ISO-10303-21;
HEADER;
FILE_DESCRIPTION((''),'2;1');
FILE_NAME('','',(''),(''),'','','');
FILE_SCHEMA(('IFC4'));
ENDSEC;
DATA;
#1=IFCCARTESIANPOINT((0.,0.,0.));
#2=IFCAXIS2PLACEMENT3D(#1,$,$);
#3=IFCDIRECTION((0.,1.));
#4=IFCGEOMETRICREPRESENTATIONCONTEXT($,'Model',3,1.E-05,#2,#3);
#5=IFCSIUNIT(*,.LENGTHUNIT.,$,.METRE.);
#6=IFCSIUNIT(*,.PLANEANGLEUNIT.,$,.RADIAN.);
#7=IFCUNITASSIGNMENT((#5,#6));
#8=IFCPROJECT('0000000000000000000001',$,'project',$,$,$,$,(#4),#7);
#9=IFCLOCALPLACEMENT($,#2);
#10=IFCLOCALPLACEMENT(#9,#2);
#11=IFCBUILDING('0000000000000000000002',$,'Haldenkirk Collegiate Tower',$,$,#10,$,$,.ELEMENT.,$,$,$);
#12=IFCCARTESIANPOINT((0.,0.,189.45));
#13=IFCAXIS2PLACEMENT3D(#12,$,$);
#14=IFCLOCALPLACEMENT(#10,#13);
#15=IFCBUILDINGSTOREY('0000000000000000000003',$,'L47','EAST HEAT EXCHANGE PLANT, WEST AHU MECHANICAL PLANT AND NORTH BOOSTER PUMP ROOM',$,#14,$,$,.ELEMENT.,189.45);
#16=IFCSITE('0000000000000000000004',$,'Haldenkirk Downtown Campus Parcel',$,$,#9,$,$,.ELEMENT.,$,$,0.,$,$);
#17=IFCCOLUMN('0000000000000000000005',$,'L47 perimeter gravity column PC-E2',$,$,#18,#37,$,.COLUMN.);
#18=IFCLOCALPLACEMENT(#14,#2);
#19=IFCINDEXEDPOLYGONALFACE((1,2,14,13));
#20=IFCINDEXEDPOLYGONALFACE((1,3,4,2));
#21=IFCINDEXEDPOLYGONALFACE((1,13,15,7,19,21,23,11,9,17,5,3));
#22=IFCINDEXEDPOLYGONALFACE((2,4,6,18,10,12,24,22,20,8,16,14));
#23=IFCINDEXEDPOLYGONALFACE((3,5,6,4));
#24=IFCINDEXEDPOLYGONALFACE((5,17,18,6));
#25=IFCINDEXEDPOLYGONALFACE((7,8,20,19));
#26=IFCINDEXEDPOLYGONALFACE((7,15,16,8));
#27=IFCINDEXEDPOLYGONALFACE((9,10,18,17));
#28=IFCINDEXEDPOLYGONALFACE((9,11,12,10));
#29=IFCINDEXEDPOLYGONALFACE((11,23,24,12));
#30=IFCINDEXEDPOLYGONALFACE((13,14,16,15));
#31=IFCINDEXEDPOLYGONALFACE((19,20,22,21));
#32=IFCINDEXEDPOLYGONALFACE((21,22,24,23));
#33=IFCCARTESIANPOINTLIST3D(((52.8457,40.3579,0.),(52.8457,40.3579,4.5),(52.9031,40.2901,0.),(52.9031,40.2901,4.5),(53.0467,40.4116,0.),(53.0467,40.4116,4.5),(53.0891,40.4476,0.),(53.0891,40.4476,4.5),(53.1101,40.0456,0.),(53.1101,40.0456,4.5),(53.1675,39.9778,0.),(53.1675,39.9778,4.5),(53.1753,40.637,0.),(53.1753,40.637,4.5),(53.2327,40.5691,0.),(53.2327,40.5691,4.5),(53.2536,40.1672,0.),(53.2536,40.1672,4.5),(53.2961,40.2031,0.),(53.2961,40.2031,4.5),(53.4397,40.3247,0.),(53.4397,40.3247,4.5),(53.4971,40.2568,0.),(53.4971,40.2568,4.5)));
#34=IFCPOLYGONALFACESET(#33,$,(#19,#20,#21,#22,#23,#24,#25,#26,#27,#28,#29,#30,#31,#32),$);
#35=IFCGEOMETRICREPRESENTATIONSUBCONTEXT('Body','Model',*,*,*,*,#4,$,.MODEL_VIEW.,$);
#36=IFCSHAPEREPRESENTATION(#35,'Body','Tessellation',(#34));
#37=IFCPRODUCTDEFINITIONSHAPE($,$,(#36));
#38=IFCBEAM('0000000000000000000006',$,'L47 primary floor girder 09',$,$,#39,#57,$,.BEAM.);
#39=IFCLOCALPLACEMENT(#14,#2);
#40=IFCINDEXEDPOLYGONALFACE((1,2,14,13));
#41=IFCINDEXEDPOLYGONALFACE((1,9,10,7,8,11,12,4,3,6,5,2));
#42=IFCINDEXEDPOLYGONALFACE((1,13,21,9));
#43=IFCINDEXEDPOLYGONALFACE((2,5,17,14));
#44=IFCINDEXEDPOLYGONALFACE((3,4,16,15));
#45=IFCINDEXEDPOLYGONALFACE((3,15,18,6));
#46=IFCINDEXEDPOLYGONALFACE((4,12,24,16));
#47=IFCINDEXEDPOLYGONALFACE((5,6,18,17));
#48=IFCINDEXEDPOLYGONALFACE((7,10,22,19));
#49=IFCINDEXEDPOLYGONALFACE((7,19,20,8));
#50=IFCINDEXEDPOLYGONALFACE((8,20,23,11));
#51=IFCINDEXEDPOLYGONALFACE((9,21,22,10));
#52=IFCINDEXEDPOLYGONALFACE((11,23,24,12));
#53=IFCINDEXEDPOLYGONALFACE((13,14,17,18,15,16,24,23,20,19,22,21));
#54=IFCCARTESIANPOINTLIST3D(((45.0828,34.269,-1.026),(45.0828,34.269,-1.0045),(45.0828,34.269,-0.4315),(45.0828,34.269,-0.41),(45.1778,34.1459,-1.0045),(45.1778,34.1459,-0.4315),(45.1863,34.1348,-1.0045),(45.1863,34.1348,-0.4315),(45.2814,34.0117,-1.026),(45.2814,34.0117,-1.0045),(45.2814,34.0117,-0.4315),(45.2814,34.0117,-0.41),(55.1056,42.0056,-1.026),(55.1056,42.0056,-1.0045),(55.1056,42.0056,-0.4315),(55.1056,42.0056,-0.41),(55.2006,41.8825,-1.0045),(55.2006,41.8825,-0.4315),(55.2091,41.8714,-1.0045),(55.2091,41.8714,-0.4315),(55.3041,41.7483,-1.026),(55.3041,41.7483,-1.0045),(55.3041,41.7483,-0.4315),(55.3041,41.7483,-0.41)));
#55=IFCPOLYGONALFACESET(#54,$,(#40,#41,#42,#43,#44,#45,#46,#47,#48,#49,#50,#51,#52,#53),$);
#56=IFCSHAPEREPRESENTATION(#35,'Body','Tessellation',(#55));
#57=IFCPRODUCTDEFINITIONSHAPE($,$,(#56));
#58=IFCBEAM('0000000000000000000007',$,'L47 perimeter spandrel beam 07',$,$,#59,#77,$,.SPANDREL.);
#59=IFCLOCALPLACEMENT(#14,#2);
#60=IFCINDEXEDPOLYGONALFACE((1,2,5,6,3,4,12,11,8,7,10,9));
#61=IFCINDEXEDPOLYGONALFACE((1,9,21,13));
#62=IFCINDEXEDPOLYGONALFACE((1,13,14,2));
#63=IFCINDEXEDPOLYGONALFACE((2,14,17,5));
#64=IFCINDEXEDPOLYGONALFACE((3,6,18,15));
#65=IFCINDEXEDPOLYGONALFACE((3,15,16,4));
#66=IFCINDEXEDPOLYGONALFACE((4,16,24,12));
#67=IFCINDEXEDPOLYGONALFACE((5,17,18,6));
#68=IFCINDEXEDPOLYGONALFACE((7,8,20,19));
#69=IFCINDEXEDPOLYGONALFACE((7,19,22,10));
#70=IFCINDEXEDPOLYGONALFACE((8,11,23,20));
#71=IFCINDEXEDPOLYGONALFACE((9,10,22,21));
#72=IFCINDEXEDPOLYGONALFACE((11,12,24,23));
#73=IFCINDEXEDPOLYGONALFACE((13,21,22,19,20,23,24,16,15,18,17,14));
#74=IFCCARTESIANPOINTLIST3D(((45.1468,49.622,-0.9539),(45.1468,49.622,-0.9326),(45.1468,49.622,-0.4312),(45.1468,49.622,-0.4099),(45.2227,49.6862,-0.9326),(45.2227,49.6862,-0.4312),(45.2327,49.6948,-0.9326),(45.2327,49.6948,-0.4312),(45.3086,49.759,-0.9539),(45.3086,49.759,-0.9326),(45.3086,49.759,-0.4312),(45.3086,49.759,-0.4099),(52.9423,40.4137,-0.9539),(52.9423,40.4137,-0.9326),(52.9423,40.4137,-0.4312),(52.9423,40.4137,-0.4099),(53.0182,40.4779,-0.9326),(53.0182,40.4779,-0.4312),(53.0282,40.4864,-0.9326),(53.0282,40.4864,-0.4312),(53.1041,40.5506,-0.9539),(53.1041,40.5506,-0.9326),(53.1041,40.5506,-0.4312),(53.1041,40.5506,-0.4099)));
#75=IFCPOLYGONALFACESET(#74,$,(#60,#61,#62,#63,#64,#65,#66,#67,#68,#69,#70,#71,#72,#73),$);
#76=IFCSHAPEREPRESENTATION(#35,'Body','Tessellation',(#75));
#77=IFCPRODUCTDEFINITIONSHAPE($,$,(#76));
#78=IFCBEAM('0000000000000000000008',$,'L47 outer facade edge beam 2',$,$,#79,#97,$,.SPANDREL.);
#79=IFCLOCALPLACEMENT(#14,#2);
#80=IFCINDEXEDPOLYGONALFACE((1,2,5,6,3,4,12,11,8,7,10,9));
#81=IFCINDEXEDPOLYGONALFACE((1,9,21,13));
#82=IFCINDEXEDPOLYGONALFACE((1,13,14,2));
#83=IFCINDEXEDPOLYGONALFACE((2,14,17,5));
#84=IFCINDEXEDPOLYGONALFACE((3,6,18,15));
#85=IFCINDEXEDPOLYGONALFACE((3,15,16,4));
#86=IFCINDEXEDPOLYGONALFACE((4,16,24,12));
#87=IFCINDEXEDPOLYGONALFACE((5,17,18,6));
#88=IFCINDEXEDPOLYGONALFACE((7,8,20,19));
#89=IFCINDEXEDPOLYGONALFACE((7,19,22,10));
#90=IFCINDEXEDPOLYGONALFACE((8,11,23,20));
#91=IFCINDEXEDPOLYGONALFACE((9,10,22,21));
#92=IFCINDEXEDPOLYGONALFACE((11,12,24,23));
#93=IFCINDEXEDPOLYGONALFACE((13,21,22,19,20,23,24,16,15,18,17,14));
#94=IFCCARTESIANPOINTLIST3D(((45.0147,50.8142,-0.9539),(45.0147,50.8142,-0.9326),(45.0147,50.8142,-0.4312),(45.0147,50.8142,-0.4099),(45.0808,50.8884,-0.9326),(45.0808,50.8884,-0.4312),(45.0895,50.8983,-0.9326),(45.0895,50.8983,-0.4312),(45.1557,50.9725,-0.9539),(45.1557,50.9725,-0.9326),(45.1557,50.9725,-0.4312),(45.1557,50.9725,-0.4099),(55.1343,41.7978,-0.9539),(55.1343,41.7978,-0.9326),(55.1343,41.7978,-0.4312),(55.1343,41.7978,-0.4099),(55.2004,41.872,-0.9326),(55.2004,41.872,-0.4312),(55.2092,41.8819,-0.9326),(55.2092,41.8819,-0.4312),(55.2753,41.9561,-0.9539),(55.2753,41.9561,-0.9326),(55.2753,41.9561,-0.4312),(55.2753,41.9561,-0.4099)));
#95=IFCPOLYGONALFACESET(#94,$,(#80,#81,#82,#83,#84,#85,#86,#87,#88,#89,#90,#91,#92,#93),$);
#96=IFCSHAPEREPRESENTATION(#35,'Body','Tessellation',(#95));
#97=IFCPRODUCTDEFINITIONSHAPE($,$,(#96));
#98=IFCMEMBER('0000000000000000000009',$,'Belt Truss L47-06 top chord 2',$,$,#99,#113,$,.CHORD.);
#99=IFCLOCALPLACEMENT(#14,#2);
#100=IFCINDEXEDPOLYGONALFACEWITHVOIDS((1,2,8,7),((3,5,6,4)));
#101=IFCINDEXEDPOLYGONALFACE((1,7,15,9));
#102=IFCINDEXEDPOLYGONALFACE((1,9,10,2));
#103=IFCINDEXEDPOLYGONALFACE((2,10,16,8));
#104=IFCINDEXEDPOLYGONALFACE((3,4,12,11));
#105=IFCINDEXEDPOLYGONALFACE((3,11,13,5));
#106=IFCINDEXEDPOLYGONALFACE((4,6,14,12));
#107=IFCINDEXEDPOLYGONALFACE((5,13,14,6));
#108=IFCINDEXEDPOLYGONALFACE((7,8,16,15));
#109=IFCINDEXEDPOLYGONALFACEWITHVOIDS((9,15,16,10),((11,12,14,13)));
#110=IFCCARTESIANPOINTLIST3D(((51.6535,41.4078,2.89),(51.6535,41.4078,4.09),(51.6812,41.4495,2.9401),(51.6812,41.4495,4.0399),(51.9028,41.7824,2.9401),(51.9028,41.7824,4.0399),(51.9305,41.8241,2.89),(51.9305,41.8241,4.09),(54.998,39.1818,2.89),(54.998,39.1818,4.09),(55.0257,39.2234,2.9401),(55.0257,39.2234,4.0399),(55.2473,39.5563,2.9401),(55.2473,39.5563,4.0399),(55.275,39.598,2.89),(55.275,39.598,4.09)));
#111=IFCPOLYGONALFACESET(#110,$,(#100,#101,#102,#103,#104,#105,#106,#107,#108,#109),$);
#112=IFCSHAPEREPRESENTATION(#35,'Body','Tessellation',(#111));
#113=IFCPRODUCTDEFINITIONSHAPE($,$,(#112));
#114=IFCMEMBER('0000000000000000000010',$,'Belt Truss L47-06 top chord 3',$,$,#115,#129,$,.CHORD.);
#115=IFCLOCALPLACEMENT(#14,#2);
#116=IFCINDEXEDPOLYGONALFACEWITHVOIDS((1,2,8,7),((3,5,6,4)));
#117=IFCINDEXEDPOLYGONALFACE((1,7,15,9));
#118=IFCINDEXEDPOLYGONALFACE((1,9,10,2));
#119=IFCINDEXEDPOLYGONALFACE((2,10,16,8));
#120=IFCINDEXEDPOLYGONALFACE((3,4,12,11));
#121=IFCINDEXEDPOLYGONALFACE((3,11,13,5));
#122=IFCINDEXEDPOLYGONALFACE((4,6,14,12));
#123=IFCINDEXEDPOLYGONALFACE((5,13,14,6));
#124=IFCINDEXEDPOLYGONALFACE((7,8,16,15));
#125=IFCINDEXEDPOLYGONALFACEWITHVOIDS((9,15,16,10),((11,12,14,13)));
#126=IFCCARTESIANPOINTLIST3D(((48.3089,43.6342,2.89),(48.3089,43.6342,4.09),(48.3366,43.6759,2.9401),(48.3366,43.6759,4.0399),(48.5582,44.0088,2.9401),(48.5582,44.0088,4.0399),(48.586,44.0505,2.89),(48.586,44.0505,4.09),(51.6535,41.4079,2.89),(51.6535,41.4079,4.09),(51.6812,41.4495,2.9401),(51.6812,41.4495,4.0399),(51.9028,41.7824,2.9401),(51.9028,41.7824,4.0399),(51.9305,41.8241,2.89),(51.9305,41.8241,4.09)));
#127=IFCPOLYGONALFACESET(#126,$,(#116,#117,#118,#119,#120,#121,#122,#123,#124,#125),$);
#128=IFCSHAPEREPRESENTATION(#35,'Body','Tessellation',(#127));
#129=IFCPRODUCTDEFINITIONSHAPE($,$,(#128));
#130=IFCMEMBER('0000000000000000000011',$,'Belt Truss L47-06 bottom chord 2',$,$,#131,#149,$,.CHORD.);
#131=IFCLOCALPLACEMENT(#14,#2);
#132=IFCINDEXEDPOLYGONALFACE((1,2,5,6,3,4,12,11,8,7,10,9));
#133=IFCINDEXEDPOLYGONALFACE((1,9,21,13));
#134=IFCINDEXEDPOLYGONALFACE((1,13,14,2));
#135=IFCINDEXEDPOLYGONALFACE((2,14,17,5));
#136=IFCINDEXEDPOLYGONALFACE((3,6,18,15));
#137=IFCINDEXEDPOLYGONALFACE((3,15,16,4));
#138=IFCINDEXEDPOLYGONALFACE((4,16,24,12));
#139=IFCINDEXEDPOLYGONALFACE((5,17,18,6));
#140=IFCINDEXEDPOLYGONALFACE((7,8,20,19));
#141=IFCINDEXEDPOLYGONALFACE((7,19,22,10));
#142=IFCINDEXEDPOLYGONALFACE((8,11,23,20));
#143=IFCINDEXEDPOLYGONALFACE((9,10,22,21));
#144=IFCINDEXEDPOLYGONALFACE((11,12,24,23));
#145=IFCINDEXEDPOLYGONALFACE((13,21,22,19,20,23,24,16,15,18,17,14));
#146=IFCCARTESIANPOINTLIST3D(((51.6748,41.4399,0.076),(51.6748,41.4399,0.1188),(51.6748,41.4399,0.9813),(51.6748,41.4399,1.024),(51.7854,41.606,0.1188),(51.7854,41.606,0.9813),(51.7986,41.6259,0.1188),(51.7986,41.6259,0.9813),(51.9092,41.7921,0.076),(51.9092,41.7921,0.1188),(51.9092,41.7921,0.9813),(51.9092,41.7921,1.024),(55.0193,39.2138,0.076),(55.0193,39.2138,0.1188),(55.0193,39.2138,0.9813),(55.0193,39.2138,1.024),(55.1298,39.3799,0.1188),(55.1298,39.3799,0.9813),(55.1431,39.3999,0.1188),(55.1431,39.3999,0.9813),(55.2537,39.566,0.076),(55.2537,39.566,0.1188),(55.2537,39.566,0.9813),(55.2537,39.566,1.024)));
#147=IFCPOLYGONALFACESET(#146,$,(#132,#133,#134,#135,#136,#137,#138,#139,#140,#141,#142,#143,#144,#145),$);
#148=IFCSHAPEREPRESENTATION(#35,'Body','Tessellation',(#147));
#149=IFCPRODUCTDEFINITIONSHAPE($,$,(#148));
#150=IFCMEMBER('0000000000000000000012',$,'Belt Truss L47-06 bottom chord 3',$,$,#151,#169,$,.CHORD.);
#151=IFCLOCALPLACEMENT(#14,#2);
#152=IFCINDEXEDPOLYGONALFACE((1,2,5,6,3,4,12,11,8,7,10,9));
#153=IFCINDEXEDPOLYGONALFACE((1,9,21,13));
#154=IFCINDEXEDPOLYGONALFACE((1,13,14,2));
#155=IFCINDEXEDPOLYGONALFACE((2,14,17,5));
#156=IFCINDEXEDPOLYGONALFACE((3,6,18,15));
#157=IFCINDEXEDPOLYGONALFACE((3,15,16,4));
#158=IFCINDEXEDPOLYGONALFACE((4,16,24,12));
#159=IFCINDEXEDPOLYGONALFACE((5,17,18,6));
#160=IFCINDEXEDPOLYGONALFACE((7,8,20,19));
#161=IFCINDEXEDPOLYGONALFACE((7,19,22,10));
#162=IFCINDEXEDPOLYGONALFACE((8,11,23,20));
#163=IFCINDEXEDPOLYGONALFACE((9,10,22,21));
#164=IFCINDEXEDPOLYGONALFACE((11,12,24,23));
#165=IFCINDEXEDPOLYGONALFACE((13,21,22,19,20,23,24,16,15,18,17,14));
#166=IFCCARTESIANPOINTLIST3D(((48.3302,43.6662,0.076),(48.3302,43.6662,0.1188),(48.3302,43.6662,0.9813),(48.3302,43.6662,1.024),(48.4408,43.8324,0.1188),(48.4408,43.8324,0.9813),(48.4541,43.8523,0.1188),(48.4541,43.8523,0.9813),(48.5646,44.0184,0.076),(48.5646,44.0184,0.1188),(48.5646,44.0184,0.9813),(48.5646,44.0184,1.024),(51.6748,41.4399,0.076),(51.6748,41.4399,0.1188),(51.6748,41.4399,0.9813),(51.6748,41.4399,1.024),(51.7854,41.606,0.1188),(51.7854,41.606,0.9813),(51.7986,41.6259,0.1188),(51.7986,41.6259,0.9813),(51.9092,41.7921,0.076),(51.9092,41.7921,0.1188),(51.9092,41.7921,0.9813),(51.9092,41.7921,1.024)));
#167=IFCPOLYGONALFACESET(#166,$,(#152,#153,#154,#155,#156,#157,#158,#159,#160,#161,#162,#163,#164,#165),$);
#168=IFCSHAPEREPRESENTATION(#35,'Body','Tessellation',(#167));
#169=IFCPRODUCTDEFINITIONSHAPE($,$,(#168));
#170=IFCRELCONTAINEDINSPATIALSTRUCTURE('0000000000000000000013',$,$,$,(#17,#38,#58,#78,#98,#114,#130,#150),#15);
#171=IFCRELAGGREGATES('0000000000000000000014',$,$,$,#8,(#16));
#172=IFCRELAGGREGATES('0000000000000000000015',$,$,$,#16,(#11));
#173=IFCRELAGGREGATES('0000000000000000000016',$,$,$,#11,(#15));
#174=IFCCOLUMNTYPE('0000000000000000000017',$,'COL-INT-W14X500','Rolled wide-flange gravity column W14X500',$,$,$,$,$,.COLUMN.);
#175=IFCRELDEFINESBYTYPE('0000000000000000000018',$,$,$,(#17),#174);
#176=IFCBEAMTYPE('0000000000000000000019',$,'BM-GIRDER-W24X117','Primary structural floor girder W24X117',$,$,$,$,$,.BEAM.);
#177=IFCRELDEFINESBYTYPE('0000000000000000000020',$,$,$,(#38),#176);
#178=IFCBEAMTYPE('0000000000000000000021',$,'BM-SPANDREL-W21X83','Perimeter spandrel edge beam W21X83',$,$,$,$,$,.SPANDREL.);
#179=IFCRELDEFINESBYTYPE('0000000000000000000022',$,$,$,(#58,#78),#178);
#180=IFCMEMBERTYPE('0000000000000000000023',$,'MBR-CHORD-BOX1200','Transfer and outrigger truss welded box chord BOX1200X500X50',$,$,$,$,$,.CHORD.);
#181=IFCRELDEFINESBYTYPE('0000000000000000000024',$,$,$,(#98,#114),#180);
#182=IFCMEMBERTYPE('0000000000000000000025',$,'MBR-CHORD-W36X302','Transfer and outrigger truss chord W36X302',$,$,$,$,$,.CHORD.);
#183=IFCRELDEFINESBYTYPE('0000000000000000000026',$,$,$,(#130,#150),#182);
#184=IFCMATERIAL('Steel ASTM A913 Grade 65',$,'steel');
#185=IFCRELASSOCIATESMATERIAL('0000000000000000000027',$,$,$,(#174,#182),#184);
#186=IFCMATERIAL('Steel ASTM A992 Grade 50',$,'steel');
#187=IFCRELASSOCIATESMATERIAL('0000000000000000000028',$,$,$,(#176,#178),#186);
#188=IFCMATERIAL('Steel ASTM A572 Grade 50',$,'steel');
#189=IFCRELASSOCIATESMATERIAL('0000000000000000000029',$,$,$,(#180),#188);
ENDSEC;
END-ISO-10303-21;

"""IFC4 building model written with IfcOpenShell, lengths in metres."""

from ifc_helpers import new_model, si_unit, direction, frame, origin, origin_2d, place, context, subcontext, project, spatial, hollow_rectangle, i_section, extrude, material, material_profile, profile_set, type_object, element, save


model = new_model("IFC4")

# Units and contexts
model_context = context("Model", 3, precision=1e-05, world=origin(), true_north=direction((0.0, 1.0)))
body_context = subcontext(model_context, "Body", "Model", "MODEL_VIEW")
ifc_project = project(units=[si_unit("LENGTHUNIT", "METRE"), si_unit("PLANEANGLEUNIT", "RADIAN")], contexts=[model_context])

# Site, building, storey
site_placement = place(None, origin())
site = spatial("IfcSite", under=ifc_project, at=site_placement, Name="Haldenkirk Downtown Campus Parcel", CompositionType="ELEMENT", RefElevation=0.0)
building_placement = place(site_placement, origin())
building = spatial("IfcBuilding", under=site, at=building_placement, Name="Haldenkirk Collegiate Tower", CompositionType="ELEMENT")
storey_placement = place(building_placement, frame((0.0, 0.0, 189.45)))
storey = spatial("IfcBuildingStorey", under=building, at=storey_placement, Name="L47", Description="EAST HEAT EXCHANGE PLANT, WEST AHU MECHANICAL PLANT AND NORTH BOOSTER PUMP ROOM", CompositionType="ELEMENT", Elevation=189.45)

# Column
ifc_material_1 = material(Name="Steel ASTM A913 Grade 65", Category="steel")
ifc_material_profile_1 = material_profile(ifc_material_1, i_section(OverallWidth=0.4319, OverallDepth=0.498, WebThickness=0.0557, FlangeThickness=0.0889, at=origin_2d()), Name="W14X500")
ifc_profile_set_1 = profile_set([ifc_material_profile_1], Name="Steel ASTM A913 Grade 65")
column_type = type_object("IfcColumnType", Name="COL-INT-W14X500", Description="Rolled wide-flange gravity column W14X500", PredefinedType="COLUMN", material=ifc_profile_set_1)
column_placement = place(storey_placement, frame((53.1714, 40.3074, 0.0), z_axis=(0.0, 0.0, 1.0), x_axis=(0.763232, 0.646124, 0.0)))
element("IfcColumn", 1, at=column_placement, inside=storey, type_object=column_type, Name="L47 perimeter gravity column PC-E2", PredefinedType="COLUMN", context=body_context, shape_type="SweptSolid", body=[
    extrude(i_section(OverallWidth=0.4319, OverallDepth=0.498, WebThickness=0.0557, FlangeThickness=0.0889, at=origin_2d()), origin(), (0.0, 0.0, 1.0), 4.5),
])

# Beams
ifc_material_2 = material(Name="Steel ASTM A992 Grade 50", Category="steel")
ifc_material_profile_2 = material_profile(ifc_material_2, i_section(OverallWidth=0.325, OverallDepth=0.616, WebThickness=0.0139, FlangeThickness=0.0215, at=origin_2d()), Name="W24X117")
ifc_profile_set_2 = profile_set([ifc_material_profile_2], Name="Steel ASTM A992 Grade 50")
beam_type_1 = type_object("IfcBeamType", Name="BM-GIRDER-W24X117", Description="Primary structural floor girder W24X117", PredefinedType="BEAM", material=ifc_profile_set_2)
beam_1_placement = place(storey_placement, frame((55.2048, 41.877, -0.718), z_axis=(-0.7916, -0.61104, 0.0), x_axis=(0.61104, -0.7916, 0.0)))
element("IfcBeam", 2, at=beam_1_placement, inside=storey, type_object=beam_type_1, Name="L47 primary floor girder 09", PredefinedType="BEAM", context=body_context, shape_type="SweptSolid", body=[
    extrude(i_section(OverallWidth=0.325, OverallDepth=0.616, WebThickness=0.0139, FlangeThickness=0.0215, at=origin_2d()), origin(), (0.0, 0.0, 1.0), 12.6614),
])
ifc_material_profile_3 = material_profile(ifc_material_2, i_section(OverallWidth=0.2119, OverallDepth=0.5439, WebThickness=0.0132, FlangeThickness=0.0212, at=origin_2d()), Name="W21X83")
ifc_profile_set_3 = profile_set([ifc_material_profile_3], Name="Steel ASTM A992 Grade 50")
beam_type_2 = type_object("IfcBeamType", Name="BM-SPANDREL-W21X83", Description="Perimeter spandrel edge beam W21X83", PredefinedType="SPANDREL", material=ifc_profile_set_3)
beam_2_placement = place(storey_placement, frame((53.0232, 40.4822, -0.6819), z_axis=(-0.646126, 0.76323, 0.0), x_axis=(-0.76323, -0.646126, 0.0)))
element("IfcBeam", 3, at=beam_2_placement, inside=storey, type_object=beam_type_2, Name="L47 perimeter spandrel beam 07", PredefinedType="SPANDREL", context=body_context, shape_type="SweptSolid", body=[
    extrude(i_section(OverallWidth=0.2119, OverallDepth=0.5439, WebThickness=0.0132, FlangeThickness=0.0212, at=origin_2d()), origin(), (0.0, 0.0, 1.0), 12.0649),
])
beam_3_placement = place(storey_placement, frame((55.2048, 41.877, -0.6819), z_axis=(-0.746635, 0.665234, 0.0), x_axis=(-0.665234, -0.746635, 0.0)))
element("IfcBeam", 4, at=beam_3_placement, inside=storey, type_object=beam_type_2, Name="L47 outer facade edge beam 2", PredefinedType="SPANDREL", context=body_context, shape_type="SweptSolid", body=[
    extrude(i_section(OverallWidth=0.2119, OverallDepth=0.5439, WebThickness=0.0132, FlangeThickness=0.0212, at=origin_2d()), origin(), (0.0, 0.0, 1.0), 13.5537),
])

# Members
ifc_material_3 = material(Name="Steel ASTM A572 Grade 50", Category="steel")
ifc_material_profile_4 = material_profile(ifc_material_3, hollow_rectangle(XDim=0.5, YDim=1.2, WallThickness=0.05, at=origin_2d()), Name="BOX1200X500X50")
ifc_profile_set_4 = profile_set([ifc_material_profile_4], Name="Steel ASTM A572 Grade 50")
member_type_1 = type_object("IfcMemberType", Name="MBR-CHORD-BOX1200", Description="Transfer and outrigger truss welded box chord BOX1200X500X50", PredefinedType="CHORD", material=ifc_profile_set_4)
member_1_placement = place(storey_placement, frame((55.1365, 39.3899, 3.49), z_axis=(-0.832461, 0.554083, 0.0), x_axis=(-0.554083, -0.832461, 0.0)))
element("IfcMember", 5, at=member_1_placement, inside=storey, type_object=member_type_1, Name="Belt Truss L47-06 top chord 2", PredefinedType="CHORD", context=body_context, shape_type="SweptSolid", body=[
    extrude(hollow_rectangle(XDim=0.5, YDim=1.2, WallThickness=0.05, at=origin_2d()), origin(), (0.0, 0.0, 1.0), 4.0176),
])
member_2_placement = place(storey_placement, frame((51.792, 41.616, 3.49), z_axis=(-0.832433, 0.554125, 0.0), x_axis=(-0.554125, -0.832433, 0.0)))
element("IfcMember", 6, at=member_2_placement, inside=storey, type_object=member_type_1, Name="Belt Truss L47-06 top chord 3", PredefinedType="CHORD", context=body_context, shape_type="SweptSolid", body=[
    extrude(hollow_rectangle(XDim=0.5, YDim=1.2, WallThickness=0.05, at=origin_2d()), origin(), (0.0, 0.0, 1.0), 4.0178),
])
ifc_material_profile_5 = material_profile(ifc_material_1, i_section(OverallWidth=0.4231, OverallDepth=0.948, WebThickness=0.0239, FlangeThickness=0.0427, at=origin_2d()), Name="W36X302")
ifc_profile_set_5 = profile_set([ifc_material_profile_5], Name="Steel ASTM A913 Grade 65")
member_type_2 = type_object("IfcMemberType", Name="MBR-CHORD-W36X302", Description="Transfer and outrigger truss chord W36X302", PredefinedType="CHORD", material=ifc_profile_set_5)
member_3_placement = place(storey_placement, frame((55.1365, 39.3899, 0.55), z_axis=(-0.832461, 0.554083, 0.0), x_axis=(-0.554083, -0.832461, 0.0)))
element("IfcMember", 7, at=member_3_placement, inside=storey, type_object=member_type_2, Name="Belt Truss L47-06 bottom chord 2", PredefinedType="CHORD", context=body_context, shape_type="SweptSolid", body=[
    extrude(i_section(OverallWidth=0.4231, OverallDepth=0.948, WebThickness=0.0239, FlangeThickness=0.0427, at=origin_2d()), origin(), (0.0, 0.0, 1.0), 4.0176),
])
member_4_placement = place(storey_placement, frame((51.792, 41.616, 0.55), z_axis=(-0.832433, 0.554125, 0.0), x_axis=(-0.554125, -0.832433, 0.0)))
element("IfcMember", 8, at=member_4_placement, inside=storey, type_object=member_type_2, Name="Belt Truss L47-06 bottom chord 3", PredefinedType="CHORD", context=body_context, shape_type="SweptSolid", body=[
    extrude(i_section(OverallWidth=0.4231, OverallDepth=0.948, WebThickness=0.0239, FlangeThickness=0.0427, at=origin_2d()), origin(), (0.0, 0.0, 1.0), 4.0178),
])

save(model, "model.ifc")
